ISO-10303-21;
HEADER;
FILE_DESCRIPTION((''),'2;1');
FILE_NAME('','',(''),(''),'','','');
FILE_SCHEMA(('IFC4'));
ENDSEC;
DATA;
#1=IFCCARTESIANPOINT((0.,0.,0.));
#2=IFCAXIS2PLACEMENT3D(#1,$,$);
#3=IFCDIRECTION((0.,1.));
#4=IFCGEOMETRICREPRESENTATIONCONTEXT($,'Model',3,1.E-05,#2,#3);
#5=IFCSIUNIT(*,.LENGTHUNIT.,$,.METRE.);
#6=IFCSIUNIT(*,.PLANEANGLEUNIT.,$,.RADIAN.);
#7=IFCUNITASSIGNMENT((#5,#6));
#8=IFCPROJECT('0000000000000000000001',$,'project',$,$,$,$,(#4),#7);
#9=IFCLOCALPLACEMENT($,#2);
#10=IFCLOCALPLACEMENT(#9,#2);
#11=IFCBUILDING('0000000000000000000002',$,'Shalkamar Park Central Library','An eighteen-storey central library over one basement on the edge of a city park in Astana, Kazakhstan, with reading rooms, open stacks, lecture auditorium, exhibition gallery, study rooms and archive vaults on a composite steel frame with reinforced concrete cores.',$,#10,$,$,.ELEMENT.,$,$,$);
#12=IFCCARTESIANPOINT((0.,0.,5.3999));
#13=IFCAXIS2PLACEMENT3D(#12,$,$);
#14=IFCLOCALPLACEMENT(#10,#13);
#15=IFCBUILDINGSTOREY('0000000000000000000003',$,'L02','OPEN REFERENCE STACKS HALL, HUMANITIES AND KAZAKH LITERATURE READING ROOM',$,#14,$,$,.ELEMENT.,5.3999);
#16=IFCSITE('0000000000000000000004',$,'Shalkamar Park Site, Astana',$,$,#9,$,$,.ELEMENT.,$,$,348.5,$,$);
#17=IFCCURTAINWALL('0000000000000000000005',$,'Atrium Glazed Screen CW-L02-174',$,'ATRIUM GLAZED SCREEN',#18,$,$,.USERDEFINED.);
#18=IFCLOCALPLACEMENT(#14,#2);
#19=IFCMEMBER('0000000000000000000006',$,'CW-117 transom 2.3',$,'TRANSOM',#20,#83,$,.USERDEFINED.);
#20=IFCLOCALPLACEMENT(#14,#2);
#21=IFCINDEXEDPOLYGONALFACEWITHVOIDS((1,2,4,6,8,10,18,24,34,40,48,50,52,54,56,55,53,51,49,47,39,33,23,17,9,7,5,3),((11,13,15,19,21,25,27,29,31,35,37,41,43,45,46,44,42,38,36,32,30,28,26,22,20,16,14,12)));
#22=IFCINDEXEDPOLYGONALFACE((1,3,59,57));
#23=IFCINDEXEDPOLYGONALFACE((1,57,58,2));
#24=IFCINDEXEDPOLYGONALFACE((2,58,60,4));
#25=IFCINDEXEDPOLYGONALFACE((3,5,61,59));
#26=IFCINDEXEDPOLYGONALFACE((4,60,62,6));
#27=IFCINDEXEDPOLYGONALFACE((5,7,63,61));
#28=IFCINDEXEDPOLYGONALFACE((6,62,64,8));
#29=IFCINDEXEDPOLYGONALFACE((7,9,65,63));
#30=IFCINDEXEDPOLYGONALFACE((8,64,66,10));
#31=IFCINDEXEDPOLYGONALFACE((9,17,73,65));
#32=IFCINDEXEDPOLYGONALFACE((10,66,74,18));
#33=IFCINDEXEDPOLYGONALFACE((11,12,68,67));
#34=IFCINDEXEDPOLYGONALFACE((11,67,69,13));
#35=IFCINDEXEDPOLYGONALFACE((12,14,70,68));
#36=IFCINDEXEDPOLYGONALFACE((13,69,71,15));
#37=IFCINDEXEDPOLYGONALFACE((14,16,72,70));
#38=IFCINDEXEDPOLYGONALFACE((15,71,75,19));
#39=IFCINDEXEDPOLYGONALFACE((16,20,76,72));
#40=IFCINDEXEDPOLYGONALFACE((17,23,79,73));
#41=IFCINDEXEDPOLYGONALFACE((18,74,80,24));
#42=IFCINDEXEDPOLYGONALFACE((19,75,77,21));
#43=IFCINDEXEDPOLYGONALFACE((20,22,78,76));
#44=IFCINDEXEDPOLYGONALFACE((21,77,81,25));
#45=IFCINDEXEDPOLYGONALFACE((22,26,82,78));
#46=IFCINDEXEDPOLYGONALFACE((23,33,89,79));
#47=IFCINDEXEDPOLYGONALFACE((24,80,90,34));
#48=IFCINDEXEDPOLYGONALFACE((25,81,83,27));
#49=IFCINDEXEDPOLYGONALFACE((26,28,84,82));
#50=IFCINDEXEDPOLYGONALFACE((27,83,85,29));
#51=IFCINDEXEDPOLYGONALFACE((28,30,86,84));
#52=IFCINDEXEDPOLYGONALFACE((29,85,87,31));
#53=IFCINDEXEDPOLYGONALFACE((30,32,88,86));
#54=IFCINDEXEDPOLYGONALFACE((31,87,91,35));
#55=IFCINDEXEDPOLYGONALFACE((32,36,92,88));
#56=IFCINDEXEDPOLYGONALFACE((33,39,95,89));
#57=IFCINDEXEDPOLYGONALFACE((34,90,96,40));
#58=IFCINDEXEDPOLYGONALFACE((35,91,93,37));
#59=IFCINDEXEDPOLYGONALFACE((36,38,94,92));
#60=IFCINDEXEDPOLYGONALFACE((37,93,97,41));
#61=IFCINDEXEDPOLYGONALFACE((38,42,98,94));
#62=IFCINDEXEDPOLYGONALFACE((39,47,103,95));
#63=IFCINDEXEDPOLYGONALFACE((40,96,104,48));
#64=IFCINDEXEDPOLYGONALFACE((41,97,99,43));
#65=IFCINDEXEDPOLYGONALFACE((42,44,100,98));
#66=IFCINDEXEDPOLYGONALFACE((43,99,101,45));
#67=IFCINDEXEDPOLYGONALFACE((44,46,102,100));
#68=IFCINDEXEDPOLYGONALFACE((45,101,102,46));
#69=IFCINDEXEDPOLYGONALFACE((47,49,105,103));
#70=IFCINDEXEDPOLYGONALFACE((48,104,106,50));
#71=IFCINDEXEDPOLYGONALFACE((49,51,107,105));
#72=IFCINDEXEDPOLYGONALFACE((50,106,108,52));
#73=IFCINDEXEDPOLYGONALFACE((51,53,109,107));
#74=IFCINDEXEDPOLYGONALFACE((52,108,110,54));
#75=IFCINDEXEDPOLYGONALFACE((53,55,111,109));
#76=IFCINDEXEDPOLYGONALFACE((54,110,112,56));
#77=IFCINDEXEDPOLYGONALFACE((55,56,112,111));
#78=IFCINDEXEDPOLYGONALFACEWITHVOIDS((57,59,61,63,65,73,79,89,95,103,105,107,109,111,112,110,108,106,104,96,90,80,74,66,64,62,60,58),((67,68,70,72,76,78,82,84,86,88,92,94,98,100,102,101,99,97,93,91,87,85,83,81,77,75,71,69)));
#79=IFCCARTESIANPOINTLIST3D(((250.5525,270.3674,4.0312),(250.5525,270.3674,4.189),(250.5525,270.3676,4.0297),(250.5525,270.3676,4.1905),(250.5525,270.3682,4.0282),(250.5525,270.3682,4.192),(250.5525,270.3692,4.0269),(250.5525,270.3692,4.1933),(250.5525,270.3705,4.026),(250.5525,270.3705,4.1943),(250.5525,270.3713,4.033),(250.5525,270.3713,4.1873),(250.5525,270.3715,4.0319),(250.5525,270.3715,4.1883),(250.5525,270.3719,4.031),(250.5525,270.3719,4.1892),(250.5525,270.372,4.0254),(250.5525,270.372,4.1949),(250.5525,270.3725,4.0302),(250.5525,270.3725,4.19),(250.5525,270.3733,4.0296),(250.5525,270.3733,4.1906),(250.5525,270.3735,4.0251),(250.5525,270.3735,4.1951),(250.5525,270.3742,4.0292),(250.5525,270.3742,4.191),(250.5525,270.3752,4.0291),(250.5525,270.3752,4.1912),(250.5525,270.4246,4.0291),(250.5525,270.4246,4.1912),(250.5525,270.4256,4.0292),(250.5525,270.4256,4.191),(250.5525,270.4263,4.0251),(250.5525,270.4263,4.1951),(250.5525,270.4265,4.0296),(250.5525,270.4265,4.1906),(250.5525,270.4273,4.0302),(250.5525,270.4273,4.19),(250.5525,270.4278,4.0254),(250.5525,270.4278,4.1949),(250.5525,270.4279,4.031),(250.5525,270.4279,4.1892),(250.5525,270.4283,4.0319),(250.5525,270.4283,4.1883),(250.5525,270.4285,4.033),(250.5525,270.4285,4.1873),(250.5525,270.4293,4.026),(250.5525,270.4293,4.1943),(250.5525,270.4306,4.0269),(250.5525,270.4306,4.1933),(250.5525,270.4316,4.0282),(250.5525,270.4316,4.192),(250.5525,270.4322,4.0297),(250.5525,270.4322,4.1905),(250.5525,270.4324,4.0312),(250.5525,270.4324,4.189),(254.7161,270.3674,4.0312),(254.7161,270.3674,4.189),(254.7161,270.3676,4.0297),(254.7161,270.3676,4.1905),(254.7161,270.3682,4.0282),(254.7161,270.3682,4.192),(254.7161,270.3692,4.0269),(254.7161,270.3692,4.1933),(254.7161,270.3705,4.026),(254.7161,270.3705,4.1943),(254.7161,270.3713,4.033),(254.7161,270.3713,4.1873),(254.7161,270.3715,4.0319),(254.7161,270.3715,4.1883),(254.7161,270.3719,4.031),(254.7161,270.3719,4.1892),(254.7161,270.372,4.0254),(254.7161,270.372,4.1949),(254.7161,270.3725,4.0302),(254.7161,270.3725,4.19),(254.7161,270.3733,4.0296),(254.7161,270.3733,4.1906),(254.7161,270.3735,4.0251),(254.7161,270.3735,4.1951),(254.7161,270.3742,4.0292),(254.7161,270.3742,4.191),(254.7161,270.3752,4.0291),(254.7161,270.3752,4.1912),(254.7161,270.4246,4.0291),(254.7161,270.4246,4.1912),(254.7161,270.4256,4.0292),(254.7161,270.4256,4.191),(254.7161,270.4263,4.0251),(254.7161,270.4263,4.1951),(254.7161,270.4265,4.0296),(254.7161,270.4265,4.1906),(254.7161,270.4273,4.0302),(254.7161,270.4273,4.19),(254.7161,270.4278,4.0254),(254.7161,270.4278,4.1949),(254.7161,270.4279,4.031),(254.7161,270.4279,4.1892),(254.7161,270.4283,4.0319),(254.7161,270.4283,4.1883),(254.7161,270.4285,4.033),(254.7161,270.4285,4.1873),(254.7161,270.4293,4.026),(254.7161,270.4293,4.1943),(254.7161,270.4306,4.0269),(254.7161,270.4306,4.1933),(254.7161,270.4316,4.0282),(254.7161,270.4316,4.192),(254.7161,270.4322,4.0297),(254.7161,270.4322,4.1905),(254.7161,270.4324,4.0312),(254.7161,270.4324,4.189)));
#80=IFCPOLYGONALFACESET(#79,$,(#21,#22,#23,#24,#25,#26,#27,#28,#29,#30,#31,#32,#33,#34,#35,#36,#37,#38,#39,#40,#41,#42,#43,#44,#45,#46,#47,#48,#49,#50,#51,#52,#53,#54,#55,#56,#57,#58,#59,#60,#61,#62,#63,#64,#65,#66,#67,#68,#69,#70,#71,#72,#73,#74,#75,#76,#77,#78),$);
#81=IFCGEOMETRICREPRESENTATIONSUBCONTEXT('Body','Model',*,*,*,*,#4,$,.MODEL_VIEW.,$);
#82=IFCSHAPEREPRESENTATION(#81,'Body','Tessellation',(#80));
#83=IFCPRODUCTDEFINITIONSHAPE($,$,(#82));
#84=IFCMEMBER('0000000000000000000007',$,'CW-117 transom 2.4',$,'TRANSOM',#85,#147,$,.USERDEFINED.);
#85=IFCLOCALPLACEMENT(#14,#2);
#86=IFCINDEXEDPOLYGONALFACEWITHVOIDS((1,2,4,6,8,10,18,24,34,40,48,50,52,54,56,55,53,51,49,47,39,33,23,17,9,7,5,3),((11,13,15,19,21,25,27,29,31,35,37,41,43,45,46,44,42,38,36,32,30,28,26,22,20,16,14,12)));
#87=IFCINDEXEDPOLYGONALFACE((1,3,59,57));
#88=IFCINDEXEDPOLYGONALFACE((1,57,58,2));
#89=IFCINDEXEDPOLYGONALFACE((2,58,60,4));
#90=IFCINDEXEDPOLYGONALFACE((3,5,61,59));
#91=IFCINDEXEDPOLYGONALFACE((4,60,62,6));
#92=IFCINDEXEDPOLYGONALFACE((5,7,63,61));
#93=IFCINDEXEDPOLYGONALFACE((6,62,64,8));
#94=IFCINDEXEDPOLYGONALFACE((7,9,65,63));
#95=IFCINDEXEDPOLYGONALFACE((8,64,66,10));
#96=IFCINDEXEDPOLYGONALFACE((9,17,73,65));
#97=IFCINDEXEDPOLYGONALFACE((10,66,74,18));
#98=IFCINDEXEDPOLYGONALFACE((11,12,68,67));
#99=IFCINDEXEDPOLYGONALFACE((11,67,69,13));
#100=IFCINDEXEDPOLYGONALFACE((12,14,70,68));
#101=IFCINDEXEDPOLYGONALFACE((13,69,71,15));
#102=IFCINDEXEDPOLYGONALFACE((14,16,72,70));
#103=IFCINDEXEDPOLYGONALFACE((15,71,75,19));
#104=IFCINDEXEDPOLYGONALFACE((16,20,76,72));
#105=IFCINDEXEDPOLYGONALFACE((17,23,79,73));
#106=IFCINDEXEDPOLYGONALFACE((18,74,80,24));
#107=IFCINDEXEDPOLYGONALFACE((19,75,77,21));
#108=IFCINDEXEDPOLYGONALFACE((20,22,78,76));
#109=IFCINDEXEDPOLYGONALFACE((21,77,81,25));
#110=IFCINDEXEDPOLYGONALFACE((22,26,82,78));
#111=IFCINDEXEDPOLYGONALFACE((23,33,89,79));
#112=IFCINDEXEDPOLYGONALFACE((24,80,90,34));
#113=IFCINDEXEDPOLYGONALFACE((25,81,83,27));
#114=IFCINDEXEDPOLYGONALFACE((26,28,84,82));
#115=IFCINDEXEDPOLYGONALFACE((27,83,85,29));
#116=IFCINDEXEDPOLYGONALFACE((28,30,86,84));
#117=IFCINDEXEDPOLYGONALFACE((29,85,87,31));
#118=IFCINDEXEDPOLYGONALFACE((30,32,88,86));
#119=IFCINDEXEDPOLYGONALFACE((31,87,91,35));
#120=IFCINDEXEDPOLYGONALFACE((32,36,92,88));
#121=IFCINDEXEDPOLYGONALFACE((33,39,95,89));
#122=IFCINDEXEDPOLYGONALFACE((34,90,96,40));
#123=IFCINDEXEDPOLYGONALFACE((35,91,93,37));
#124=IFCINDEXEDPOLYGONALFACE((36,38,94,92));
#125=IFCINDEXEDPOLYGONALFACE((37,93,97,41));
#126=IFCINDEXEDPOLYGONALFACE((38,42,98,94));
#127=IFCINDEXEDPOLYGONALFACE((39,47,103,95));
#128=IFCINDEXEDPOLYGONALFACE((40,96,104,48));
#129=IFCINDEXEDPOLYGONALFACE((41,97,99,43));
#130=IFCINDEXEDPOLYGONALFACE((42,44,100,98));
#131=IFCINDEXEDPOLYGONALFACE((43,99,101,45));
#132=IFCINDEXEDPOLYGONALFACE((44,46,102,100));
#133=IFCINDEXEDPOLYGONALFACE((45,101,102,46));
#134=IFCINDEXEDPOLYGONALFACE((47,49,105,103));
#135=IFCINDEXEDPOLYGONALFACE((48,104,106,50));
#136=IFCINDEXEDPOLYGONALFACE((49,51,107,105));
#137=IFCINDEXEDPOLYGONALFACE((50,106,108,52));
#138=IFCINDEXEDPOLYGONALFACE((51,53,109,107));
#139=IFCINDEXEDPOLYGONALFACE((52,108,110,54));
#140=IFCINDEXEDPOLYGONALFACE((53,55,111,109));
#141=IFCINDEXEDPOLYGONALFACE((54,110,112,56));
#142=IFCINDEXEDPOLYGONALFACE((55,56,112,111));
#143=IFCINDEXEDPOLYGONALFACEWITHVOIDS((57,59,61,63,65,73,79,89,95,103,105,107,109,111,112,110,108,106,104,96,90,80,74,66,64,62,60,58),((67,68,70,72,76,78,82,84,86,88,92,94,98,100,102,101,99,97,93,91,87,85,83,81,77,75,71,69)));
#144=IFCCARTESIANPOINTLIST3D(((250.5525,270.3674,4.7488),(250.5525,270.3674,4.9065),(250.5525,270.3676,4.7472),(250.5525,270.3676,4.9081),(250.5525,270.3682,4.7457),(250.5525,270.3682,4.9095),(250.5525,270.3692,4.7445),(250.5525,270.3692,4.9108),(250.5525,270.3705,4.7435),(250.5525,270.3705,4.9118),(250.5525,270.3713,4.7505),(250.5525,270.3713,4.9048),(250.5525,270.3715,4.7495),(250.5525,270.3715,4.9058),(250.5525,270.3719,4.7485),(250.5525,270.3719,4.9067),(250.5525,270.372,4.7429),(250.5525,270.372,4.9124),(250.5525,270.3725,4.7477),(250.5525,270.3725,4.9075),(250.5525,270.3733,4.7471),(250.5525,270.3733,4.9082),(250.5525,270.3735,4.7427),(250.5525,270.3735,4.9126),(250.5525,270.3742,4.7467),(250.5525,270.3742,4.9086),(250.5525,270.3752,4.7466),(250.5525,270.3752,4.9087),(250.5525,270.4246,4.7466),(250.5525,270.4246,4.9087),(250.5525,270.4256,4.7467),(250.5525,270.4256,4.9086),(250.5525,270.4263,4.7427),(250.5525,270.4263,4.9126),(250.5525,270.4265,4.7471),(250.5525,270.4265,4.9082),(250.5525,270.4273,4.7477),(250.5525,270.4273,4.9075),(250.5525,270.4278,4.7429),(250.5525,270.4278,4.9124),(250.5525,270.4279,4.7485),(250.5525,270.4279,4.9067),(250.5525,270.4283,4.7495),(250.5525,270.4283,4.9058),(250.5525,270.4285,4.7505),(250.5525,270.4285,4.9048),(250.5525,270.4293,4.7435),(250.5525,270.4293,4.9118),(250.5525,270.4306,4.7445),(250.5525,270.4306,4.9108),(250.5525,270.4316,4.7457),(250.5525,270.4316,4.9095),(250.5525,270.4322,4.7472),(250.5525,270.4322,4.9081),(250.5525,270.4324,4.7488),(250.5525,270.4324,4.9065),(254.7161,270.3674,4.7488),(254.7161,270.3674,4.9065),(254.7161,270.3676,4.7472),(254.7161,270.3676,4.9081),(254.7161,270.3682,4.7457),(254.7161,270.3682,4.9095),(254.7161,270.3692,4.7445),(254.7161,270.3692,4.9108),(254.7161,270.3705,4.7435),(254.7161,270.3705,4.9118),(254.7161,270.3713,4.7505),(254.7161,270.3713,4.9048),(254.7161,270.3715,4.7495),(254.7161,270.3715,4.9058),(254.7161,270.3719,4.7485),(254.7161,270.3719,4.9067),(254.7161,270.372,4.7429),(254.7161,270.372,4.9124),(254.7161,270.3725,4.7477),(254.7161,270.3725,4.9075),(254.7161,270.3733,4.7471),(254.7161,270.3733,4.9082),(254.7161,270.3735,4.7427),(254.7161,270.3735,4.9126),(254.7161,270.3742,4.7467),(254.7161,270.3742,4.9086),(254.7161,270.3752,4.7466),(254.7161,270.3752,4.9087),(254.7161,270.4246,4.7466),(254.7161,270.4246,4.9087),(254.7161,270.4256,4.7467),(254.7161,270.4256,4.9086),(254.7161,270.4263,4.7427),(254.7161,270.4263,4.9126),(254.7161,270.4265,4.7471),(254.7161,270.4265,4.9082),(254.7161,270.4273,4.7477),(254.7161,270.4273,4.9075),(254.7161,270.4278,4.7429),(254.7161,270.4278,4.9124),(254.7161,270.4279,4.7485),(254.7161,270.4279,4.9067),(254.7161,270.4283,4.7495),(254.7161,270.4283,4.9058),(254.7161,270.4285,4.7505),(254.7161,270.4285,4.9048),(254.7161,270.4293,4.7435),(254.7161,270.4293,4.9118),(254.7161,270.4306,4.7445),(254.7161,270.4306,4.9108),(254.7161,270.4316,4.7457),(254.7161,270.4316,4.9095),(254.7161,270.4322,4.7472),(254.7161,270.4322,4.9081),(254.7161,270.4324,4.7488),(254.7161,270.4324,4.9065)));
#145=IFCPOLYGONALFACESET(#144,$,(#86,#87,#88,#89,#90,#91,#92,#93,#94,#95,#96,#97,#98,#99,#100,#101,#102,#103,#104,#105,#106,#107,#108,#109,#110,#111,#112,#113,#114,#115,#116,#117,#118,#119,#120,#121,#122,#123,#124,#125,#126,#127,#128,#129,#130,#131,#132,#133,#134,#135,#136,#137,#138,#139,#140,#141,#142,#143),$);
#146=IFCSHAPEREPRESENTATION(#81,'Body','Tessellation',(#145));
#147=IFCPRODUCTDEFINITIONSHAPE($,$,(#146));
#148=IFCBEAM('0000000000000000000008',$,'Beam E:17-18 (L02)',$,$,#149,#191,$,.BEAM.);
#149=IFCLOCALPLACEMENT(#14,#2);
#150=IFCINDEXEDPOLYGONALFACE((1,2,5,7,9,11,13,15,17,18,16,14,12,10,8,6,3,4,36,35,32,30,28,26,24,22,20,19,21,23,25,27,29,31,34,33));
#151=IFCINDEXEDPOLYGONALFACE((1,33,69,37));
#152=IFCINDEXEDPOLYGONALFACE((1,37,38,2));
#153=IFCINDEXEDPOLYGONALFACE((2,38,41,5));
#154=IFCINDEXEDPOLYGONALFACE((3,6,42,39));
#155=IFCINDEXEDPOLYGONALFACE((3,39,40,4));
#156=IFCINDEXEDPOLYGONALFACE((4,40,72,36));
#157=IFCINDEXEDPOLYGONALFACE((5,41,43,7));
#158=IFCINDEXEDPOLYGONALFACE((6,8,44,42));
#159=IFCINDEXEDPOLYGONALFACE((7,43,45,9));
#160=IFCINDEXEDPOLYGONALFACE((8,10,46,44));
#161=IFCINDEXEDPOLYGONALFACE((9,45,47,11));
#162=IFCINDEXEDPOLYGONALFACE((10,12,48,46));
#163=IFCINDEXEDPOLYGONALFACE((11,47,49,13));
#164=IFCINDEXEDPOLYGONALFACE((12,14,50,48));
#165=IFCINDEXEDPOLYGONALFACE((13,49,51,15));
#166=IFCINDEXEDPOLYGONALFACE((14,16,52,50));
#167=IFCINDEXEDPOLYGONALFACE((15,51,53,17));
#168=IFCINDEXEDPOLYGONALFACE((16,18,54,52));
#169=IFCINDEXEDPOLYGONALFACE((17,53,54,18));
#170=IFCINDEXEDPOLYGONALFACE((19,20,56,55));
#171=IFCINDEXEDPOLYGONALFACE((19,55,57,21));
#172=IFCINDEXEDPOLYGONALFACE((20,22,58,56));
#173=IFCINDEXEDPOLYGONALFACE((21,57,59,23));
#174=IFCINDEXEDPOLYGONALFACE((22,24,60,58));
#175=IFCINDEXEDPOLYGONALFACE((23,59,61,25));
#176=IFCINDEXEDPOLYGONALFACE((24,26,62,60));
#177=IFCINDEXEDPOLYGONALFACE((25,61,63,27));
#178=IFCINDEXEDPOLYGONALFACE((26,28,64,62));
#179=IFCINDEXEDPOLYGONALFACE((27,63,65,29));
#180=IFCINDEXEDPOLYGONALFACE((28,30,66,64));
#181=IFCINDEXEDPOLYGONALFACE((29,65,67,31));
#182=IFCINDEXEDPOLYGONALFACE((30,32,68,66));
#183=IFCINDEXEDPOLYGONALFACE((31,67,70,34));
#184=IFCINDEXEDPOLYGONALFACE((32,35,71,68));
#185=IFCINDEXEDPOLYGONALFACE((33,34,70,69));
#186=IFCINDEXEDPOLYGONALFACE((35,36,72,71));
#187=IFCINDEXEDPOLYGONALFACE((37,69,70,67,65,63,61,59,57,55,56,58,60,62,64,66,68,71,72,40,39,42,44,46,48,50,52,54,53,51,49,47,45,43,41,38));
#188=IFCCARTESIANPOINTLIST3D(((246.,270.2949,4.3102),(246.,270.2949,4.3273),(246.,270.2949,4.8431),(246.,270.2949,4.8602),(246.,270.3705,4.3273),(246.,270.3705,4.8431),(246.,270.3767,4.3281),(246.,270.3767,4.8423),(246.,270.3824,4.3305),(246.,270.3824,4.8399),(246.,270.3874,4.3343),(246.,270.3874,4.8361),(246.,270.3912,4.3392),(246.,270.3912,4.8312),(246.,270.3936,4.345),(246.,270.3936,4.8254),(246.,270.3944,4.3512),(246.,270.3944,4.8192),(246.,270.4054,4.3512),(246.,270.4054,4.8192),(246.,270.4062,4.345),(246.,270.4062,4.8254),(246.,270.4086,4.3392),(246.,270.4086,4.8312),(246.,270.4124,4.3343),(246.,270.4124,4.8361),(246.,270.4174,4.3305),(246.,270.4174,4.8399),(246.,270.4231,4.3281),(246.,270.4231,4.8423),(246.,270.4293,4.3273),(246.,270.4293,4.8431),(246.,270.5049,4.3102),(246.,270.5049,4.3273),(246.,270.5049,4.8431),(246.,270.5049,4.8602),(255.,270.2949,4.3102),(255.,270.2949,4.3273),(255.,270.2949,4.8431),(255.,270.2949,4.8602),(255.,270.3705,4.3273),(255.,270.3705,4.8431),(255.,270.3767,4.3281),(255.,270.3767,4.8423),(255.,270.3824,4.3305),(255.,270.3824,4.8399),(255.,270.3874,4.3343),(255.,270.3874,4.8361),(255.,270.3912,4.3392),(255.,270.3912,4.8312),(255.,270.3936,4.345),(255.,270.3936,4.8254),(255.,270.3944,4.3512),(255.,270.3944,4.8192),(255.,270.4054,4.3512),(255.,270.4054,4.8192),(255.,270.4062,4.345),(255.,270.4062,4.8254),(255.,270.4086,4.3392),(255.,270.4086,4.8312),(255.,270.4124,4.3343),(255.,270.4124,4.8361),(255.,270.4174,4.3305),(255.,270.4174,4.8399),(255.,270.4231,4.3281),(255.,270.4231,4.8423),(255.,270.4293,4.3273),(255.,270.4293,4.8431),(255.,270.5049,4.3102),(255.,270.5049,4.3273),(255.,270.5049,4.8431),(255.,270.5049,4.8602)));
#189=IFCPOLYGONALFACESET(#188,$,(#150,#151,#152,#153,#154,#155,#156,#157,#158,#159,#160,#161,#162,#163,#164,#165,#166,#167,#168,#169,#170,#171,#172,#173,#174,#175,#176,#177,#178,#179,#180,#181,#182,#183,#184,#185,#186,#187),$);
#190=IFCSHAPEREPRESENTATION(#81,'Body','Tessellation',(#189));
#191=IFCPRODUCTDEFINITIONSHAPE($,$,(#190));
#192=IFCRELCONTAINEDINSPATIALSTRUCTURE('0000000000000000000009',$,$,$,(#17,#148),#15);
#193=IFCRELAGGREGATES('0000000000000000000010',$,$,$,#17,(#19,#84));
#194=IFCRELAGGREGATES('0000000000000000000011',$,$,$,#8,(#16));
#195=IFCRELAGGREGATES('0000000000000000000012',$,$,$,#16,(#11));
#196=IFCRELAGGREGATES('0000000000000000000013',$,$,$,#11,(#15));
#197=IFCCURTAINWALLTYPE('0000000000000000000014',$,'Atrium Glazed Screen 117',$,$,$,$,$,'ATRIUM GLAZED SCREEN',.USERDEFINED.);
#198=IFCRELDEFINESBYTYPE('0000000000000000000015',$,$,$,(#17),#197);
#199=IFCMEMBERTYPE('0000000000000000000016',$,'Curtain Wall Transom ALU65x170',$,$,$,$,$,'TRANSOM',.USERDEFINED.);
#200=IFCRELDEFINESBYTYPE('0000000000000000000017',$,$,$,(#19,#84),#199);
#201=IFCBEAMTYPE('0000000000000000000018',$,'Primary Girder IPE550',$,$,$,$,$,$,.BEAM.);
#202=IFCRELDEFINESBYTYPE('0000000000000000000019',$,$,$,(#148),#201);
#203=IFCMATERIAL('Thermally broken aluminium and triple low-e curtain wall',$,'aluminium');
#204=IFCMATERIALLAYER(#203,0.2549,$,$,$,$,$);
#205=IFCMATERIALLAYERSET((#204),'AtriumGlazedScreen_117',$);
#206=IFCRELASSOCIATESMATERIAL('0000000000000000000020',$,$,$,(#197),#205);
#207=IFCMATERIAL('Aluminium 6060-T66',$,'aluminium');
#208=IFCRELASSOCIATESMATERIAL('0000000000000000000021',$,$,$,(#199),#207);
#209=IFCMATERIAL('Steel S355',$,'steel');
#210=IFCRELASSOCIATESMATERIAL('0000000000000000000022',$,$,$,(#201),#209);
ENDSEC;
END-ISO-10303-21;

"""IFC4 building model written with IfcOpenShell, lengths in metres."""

from ifc_helpers import new_model, si_unit, direction, frame, origin, origin_2d, place, context, subcontext, project, spatial, hollow_rectangle, i_section, extrude, material, layer, layer_set, material_profile, profile_set, type_object, element, aggregate, save


model = new_model("IFC4")

# Units and contexts
model_context = context("Model", 3, precision=1e-05, world=origin(), true_north=direction((0.0, 1.0)))
body_context = subcontext(model_context, "Body", "Model", "MODEL_VIEW")
ifc_project = project(units=[si_unit("LENGTHUNIT", "METRE"), si_unit("PLANEANGLEUNIT", "RADIAN")], contexts=[model_context])

# Site, building, storey
site_placement = place(None, origin())
site = spatial("IfcSite", under=ifc_project, at=site_placement, Name="Shalkamar Park Site, Astana", CompositionType="ELEMENT", RefElevation=348.5)
building_placement = place(site_placement, origin())
building = spatial("IfcBuilding", under=site, at=building_placement, Name="Shalkamar Park Central Library", Description="An eighteen-storey central library over one basement on the edge of a city park in Astana, Kazakhstan, with reading rooms, open stacks, lecture auditorium, exhibition gallery, study rooms and archive vaults on a composite steel frame with reinforced concrete cores.", CompositionType="ELEMENT")
storey_placement = place(building_placement, frame((0.0, 0.0, 5.3999)))
storey = spatial("IfcBuildingStorey", under=building, at=storey_placement, Name="L02", Description="OPEN REFERENCE STACKS HALL, HUMANITIES AND KAZAKH LITERATURE READING ROOM", CompositionType="ELEMENT", Elevation=5.3999)

# Shared definitions
ifc_material_1 = material(Name="Steel S355", Category="steel")

# Curtain wall
ifc_material_2 = material(Name="Thermally broken aluminium and triple low-e curtain wall", Category="aluminium")
ifc_material_3 = material(Name="Aluminium 6060-T66", Category="aluminium")
ifc_layer_1 = layer(ifc_material_2, 0.2549)
ifc_layer_set_1 = layer_set([ifc_layer_1], Name="AtriumGlazedScreen_117")
curtain_wall_type_1 = type_object("IfcCurtainWallType", Name="Atrium Glazed Screen 117", ElementType="ATRIUM GLAZED SCREEN", PredefinedType="USERDEFINED", material=ifc_layer_set_1)
curtain_wall_1_placement = place(storey_placement, origin())
curtain_wall_1 = element("IfcCurtainWall", 1, at=curtain_wall_1_placement, inside=storey, type_object=curtain_wall_type_1, Name="Atrium Glazed Screen CW-L02-174", ObjectType="ATRIUM GLAZED SCREEN", PredefinedType="USERDEFINED")

# Members
ifc_material_profile_1 = material_profile(ifc_material_3, hollow_rectangle(XDim=0.0649, YDim=0.1699, WallThickness=0.0039, InnerFilletRadius=0.0039, OuterFilletRadius=0.0061, at=origin_2d()), Name="ALU 65x170x4")
ifc_profile_set_1 = profile_set([ifc_material_profile_1], Name="Aluminium 6060-T66")
member_type_1 = type_object("IfcMemberType", Name="Curtain Wall Transom ALU65x170", ElementType="TRANSOM", PredefinedType="USERDEFINED", material=ifc_profile_set_1)
member_1_placement = place(storey_placement, frame((250.5525, 270.3999, 4.1101), z_axis=(1.0, 0.0, 0.0), x_axis=(0.0, 1.0, 0.0)))
member_1 = element("IfcMember", 2, at=member_1_placement, type_object=member_type_1, Name="CW-117 transom 2.3", ObjectType="TRANSOM", PredefinedType="USERDEFINED", context=body_context, shape_type="SweptSolid", body=[
    extrude(hollow_rectangle(XDim=0.0649, YDim=0.1699, WallThickness=0.0039, InnerFilletRadius=0.0039, OuterFilletRadius=0.0061, at=origin_2d()), origin(), (0.0, 0.0, 1.0), 4.1636),
])
member_2_placement = place(storey_placement, frame((250.5525, 270.3999, 4.8276), z_axis=(1.0, 0.0, 0.0), x_axis=(0.0, 1.0, 0.0)))
member_2 = element("IfcMember", 3, at=member_2_placement, type_object=member_type_1, Name="CW-117 transom 2.4", ObjectType="TRANSOM", PredefinedType="USERDEFINED", context=body_context, shape_type="SweptSolid", body=[
    extrude(hollow_rectangle(XDim=0.0649, YDim=0.1699, WallThickness=0.0039, InnerFilletRadius=0.0039, OuterFilletRadius=0.0061, at=origin_2d()), origin(), (0.0, 0.0, 1.0), 4.1636),
])

# Beam
ifc_material_profile_2 = material_profile(ifc_material_1, i_section(OverallWidth=0.21, OverallDepth=0.55, WebThickness=0.011, FlangeThickness=0.0171, FilletRadius=0.0239, at=origin_2d()), Name="IPE 550")
ifc_profile_set_2 = profile_set([ifc_material_profile_2], Name="Steel S355")
beam_type_1 = type_object("IfcBeamType", Name="Primary Girder IPE550", PredefinedType="BEAM", material=ifc_profile_set_2)
beam_1_placement = place(storey_placement, frame((246.0, 270.3999, 4.5852), z_axis=(1.0, 0.0, 0.0), x_axis=(0.0, 1.0, 0.0)))
element("IfcBeam", 4, at=beam_1_placement, inside=storey, type_object=beam_type_1, Name="Beam E:17-18 (L02)", PredefinedType="BEAM", context=body_context, shape_type="SweptSolid", body=[
    extrude(i_section(OverallWidth=0.21, OverallDepth=0.55, WebThickness=0.011, FlangeThickness=0.0171, FilletRadius=0.0239, at=origin_2d()), origin(), (0.0, 0.0, 1.0), 9.0),
])

aggregate(curtain_wall_1, [member_1, member_2])

save(model, "model.ifc")
